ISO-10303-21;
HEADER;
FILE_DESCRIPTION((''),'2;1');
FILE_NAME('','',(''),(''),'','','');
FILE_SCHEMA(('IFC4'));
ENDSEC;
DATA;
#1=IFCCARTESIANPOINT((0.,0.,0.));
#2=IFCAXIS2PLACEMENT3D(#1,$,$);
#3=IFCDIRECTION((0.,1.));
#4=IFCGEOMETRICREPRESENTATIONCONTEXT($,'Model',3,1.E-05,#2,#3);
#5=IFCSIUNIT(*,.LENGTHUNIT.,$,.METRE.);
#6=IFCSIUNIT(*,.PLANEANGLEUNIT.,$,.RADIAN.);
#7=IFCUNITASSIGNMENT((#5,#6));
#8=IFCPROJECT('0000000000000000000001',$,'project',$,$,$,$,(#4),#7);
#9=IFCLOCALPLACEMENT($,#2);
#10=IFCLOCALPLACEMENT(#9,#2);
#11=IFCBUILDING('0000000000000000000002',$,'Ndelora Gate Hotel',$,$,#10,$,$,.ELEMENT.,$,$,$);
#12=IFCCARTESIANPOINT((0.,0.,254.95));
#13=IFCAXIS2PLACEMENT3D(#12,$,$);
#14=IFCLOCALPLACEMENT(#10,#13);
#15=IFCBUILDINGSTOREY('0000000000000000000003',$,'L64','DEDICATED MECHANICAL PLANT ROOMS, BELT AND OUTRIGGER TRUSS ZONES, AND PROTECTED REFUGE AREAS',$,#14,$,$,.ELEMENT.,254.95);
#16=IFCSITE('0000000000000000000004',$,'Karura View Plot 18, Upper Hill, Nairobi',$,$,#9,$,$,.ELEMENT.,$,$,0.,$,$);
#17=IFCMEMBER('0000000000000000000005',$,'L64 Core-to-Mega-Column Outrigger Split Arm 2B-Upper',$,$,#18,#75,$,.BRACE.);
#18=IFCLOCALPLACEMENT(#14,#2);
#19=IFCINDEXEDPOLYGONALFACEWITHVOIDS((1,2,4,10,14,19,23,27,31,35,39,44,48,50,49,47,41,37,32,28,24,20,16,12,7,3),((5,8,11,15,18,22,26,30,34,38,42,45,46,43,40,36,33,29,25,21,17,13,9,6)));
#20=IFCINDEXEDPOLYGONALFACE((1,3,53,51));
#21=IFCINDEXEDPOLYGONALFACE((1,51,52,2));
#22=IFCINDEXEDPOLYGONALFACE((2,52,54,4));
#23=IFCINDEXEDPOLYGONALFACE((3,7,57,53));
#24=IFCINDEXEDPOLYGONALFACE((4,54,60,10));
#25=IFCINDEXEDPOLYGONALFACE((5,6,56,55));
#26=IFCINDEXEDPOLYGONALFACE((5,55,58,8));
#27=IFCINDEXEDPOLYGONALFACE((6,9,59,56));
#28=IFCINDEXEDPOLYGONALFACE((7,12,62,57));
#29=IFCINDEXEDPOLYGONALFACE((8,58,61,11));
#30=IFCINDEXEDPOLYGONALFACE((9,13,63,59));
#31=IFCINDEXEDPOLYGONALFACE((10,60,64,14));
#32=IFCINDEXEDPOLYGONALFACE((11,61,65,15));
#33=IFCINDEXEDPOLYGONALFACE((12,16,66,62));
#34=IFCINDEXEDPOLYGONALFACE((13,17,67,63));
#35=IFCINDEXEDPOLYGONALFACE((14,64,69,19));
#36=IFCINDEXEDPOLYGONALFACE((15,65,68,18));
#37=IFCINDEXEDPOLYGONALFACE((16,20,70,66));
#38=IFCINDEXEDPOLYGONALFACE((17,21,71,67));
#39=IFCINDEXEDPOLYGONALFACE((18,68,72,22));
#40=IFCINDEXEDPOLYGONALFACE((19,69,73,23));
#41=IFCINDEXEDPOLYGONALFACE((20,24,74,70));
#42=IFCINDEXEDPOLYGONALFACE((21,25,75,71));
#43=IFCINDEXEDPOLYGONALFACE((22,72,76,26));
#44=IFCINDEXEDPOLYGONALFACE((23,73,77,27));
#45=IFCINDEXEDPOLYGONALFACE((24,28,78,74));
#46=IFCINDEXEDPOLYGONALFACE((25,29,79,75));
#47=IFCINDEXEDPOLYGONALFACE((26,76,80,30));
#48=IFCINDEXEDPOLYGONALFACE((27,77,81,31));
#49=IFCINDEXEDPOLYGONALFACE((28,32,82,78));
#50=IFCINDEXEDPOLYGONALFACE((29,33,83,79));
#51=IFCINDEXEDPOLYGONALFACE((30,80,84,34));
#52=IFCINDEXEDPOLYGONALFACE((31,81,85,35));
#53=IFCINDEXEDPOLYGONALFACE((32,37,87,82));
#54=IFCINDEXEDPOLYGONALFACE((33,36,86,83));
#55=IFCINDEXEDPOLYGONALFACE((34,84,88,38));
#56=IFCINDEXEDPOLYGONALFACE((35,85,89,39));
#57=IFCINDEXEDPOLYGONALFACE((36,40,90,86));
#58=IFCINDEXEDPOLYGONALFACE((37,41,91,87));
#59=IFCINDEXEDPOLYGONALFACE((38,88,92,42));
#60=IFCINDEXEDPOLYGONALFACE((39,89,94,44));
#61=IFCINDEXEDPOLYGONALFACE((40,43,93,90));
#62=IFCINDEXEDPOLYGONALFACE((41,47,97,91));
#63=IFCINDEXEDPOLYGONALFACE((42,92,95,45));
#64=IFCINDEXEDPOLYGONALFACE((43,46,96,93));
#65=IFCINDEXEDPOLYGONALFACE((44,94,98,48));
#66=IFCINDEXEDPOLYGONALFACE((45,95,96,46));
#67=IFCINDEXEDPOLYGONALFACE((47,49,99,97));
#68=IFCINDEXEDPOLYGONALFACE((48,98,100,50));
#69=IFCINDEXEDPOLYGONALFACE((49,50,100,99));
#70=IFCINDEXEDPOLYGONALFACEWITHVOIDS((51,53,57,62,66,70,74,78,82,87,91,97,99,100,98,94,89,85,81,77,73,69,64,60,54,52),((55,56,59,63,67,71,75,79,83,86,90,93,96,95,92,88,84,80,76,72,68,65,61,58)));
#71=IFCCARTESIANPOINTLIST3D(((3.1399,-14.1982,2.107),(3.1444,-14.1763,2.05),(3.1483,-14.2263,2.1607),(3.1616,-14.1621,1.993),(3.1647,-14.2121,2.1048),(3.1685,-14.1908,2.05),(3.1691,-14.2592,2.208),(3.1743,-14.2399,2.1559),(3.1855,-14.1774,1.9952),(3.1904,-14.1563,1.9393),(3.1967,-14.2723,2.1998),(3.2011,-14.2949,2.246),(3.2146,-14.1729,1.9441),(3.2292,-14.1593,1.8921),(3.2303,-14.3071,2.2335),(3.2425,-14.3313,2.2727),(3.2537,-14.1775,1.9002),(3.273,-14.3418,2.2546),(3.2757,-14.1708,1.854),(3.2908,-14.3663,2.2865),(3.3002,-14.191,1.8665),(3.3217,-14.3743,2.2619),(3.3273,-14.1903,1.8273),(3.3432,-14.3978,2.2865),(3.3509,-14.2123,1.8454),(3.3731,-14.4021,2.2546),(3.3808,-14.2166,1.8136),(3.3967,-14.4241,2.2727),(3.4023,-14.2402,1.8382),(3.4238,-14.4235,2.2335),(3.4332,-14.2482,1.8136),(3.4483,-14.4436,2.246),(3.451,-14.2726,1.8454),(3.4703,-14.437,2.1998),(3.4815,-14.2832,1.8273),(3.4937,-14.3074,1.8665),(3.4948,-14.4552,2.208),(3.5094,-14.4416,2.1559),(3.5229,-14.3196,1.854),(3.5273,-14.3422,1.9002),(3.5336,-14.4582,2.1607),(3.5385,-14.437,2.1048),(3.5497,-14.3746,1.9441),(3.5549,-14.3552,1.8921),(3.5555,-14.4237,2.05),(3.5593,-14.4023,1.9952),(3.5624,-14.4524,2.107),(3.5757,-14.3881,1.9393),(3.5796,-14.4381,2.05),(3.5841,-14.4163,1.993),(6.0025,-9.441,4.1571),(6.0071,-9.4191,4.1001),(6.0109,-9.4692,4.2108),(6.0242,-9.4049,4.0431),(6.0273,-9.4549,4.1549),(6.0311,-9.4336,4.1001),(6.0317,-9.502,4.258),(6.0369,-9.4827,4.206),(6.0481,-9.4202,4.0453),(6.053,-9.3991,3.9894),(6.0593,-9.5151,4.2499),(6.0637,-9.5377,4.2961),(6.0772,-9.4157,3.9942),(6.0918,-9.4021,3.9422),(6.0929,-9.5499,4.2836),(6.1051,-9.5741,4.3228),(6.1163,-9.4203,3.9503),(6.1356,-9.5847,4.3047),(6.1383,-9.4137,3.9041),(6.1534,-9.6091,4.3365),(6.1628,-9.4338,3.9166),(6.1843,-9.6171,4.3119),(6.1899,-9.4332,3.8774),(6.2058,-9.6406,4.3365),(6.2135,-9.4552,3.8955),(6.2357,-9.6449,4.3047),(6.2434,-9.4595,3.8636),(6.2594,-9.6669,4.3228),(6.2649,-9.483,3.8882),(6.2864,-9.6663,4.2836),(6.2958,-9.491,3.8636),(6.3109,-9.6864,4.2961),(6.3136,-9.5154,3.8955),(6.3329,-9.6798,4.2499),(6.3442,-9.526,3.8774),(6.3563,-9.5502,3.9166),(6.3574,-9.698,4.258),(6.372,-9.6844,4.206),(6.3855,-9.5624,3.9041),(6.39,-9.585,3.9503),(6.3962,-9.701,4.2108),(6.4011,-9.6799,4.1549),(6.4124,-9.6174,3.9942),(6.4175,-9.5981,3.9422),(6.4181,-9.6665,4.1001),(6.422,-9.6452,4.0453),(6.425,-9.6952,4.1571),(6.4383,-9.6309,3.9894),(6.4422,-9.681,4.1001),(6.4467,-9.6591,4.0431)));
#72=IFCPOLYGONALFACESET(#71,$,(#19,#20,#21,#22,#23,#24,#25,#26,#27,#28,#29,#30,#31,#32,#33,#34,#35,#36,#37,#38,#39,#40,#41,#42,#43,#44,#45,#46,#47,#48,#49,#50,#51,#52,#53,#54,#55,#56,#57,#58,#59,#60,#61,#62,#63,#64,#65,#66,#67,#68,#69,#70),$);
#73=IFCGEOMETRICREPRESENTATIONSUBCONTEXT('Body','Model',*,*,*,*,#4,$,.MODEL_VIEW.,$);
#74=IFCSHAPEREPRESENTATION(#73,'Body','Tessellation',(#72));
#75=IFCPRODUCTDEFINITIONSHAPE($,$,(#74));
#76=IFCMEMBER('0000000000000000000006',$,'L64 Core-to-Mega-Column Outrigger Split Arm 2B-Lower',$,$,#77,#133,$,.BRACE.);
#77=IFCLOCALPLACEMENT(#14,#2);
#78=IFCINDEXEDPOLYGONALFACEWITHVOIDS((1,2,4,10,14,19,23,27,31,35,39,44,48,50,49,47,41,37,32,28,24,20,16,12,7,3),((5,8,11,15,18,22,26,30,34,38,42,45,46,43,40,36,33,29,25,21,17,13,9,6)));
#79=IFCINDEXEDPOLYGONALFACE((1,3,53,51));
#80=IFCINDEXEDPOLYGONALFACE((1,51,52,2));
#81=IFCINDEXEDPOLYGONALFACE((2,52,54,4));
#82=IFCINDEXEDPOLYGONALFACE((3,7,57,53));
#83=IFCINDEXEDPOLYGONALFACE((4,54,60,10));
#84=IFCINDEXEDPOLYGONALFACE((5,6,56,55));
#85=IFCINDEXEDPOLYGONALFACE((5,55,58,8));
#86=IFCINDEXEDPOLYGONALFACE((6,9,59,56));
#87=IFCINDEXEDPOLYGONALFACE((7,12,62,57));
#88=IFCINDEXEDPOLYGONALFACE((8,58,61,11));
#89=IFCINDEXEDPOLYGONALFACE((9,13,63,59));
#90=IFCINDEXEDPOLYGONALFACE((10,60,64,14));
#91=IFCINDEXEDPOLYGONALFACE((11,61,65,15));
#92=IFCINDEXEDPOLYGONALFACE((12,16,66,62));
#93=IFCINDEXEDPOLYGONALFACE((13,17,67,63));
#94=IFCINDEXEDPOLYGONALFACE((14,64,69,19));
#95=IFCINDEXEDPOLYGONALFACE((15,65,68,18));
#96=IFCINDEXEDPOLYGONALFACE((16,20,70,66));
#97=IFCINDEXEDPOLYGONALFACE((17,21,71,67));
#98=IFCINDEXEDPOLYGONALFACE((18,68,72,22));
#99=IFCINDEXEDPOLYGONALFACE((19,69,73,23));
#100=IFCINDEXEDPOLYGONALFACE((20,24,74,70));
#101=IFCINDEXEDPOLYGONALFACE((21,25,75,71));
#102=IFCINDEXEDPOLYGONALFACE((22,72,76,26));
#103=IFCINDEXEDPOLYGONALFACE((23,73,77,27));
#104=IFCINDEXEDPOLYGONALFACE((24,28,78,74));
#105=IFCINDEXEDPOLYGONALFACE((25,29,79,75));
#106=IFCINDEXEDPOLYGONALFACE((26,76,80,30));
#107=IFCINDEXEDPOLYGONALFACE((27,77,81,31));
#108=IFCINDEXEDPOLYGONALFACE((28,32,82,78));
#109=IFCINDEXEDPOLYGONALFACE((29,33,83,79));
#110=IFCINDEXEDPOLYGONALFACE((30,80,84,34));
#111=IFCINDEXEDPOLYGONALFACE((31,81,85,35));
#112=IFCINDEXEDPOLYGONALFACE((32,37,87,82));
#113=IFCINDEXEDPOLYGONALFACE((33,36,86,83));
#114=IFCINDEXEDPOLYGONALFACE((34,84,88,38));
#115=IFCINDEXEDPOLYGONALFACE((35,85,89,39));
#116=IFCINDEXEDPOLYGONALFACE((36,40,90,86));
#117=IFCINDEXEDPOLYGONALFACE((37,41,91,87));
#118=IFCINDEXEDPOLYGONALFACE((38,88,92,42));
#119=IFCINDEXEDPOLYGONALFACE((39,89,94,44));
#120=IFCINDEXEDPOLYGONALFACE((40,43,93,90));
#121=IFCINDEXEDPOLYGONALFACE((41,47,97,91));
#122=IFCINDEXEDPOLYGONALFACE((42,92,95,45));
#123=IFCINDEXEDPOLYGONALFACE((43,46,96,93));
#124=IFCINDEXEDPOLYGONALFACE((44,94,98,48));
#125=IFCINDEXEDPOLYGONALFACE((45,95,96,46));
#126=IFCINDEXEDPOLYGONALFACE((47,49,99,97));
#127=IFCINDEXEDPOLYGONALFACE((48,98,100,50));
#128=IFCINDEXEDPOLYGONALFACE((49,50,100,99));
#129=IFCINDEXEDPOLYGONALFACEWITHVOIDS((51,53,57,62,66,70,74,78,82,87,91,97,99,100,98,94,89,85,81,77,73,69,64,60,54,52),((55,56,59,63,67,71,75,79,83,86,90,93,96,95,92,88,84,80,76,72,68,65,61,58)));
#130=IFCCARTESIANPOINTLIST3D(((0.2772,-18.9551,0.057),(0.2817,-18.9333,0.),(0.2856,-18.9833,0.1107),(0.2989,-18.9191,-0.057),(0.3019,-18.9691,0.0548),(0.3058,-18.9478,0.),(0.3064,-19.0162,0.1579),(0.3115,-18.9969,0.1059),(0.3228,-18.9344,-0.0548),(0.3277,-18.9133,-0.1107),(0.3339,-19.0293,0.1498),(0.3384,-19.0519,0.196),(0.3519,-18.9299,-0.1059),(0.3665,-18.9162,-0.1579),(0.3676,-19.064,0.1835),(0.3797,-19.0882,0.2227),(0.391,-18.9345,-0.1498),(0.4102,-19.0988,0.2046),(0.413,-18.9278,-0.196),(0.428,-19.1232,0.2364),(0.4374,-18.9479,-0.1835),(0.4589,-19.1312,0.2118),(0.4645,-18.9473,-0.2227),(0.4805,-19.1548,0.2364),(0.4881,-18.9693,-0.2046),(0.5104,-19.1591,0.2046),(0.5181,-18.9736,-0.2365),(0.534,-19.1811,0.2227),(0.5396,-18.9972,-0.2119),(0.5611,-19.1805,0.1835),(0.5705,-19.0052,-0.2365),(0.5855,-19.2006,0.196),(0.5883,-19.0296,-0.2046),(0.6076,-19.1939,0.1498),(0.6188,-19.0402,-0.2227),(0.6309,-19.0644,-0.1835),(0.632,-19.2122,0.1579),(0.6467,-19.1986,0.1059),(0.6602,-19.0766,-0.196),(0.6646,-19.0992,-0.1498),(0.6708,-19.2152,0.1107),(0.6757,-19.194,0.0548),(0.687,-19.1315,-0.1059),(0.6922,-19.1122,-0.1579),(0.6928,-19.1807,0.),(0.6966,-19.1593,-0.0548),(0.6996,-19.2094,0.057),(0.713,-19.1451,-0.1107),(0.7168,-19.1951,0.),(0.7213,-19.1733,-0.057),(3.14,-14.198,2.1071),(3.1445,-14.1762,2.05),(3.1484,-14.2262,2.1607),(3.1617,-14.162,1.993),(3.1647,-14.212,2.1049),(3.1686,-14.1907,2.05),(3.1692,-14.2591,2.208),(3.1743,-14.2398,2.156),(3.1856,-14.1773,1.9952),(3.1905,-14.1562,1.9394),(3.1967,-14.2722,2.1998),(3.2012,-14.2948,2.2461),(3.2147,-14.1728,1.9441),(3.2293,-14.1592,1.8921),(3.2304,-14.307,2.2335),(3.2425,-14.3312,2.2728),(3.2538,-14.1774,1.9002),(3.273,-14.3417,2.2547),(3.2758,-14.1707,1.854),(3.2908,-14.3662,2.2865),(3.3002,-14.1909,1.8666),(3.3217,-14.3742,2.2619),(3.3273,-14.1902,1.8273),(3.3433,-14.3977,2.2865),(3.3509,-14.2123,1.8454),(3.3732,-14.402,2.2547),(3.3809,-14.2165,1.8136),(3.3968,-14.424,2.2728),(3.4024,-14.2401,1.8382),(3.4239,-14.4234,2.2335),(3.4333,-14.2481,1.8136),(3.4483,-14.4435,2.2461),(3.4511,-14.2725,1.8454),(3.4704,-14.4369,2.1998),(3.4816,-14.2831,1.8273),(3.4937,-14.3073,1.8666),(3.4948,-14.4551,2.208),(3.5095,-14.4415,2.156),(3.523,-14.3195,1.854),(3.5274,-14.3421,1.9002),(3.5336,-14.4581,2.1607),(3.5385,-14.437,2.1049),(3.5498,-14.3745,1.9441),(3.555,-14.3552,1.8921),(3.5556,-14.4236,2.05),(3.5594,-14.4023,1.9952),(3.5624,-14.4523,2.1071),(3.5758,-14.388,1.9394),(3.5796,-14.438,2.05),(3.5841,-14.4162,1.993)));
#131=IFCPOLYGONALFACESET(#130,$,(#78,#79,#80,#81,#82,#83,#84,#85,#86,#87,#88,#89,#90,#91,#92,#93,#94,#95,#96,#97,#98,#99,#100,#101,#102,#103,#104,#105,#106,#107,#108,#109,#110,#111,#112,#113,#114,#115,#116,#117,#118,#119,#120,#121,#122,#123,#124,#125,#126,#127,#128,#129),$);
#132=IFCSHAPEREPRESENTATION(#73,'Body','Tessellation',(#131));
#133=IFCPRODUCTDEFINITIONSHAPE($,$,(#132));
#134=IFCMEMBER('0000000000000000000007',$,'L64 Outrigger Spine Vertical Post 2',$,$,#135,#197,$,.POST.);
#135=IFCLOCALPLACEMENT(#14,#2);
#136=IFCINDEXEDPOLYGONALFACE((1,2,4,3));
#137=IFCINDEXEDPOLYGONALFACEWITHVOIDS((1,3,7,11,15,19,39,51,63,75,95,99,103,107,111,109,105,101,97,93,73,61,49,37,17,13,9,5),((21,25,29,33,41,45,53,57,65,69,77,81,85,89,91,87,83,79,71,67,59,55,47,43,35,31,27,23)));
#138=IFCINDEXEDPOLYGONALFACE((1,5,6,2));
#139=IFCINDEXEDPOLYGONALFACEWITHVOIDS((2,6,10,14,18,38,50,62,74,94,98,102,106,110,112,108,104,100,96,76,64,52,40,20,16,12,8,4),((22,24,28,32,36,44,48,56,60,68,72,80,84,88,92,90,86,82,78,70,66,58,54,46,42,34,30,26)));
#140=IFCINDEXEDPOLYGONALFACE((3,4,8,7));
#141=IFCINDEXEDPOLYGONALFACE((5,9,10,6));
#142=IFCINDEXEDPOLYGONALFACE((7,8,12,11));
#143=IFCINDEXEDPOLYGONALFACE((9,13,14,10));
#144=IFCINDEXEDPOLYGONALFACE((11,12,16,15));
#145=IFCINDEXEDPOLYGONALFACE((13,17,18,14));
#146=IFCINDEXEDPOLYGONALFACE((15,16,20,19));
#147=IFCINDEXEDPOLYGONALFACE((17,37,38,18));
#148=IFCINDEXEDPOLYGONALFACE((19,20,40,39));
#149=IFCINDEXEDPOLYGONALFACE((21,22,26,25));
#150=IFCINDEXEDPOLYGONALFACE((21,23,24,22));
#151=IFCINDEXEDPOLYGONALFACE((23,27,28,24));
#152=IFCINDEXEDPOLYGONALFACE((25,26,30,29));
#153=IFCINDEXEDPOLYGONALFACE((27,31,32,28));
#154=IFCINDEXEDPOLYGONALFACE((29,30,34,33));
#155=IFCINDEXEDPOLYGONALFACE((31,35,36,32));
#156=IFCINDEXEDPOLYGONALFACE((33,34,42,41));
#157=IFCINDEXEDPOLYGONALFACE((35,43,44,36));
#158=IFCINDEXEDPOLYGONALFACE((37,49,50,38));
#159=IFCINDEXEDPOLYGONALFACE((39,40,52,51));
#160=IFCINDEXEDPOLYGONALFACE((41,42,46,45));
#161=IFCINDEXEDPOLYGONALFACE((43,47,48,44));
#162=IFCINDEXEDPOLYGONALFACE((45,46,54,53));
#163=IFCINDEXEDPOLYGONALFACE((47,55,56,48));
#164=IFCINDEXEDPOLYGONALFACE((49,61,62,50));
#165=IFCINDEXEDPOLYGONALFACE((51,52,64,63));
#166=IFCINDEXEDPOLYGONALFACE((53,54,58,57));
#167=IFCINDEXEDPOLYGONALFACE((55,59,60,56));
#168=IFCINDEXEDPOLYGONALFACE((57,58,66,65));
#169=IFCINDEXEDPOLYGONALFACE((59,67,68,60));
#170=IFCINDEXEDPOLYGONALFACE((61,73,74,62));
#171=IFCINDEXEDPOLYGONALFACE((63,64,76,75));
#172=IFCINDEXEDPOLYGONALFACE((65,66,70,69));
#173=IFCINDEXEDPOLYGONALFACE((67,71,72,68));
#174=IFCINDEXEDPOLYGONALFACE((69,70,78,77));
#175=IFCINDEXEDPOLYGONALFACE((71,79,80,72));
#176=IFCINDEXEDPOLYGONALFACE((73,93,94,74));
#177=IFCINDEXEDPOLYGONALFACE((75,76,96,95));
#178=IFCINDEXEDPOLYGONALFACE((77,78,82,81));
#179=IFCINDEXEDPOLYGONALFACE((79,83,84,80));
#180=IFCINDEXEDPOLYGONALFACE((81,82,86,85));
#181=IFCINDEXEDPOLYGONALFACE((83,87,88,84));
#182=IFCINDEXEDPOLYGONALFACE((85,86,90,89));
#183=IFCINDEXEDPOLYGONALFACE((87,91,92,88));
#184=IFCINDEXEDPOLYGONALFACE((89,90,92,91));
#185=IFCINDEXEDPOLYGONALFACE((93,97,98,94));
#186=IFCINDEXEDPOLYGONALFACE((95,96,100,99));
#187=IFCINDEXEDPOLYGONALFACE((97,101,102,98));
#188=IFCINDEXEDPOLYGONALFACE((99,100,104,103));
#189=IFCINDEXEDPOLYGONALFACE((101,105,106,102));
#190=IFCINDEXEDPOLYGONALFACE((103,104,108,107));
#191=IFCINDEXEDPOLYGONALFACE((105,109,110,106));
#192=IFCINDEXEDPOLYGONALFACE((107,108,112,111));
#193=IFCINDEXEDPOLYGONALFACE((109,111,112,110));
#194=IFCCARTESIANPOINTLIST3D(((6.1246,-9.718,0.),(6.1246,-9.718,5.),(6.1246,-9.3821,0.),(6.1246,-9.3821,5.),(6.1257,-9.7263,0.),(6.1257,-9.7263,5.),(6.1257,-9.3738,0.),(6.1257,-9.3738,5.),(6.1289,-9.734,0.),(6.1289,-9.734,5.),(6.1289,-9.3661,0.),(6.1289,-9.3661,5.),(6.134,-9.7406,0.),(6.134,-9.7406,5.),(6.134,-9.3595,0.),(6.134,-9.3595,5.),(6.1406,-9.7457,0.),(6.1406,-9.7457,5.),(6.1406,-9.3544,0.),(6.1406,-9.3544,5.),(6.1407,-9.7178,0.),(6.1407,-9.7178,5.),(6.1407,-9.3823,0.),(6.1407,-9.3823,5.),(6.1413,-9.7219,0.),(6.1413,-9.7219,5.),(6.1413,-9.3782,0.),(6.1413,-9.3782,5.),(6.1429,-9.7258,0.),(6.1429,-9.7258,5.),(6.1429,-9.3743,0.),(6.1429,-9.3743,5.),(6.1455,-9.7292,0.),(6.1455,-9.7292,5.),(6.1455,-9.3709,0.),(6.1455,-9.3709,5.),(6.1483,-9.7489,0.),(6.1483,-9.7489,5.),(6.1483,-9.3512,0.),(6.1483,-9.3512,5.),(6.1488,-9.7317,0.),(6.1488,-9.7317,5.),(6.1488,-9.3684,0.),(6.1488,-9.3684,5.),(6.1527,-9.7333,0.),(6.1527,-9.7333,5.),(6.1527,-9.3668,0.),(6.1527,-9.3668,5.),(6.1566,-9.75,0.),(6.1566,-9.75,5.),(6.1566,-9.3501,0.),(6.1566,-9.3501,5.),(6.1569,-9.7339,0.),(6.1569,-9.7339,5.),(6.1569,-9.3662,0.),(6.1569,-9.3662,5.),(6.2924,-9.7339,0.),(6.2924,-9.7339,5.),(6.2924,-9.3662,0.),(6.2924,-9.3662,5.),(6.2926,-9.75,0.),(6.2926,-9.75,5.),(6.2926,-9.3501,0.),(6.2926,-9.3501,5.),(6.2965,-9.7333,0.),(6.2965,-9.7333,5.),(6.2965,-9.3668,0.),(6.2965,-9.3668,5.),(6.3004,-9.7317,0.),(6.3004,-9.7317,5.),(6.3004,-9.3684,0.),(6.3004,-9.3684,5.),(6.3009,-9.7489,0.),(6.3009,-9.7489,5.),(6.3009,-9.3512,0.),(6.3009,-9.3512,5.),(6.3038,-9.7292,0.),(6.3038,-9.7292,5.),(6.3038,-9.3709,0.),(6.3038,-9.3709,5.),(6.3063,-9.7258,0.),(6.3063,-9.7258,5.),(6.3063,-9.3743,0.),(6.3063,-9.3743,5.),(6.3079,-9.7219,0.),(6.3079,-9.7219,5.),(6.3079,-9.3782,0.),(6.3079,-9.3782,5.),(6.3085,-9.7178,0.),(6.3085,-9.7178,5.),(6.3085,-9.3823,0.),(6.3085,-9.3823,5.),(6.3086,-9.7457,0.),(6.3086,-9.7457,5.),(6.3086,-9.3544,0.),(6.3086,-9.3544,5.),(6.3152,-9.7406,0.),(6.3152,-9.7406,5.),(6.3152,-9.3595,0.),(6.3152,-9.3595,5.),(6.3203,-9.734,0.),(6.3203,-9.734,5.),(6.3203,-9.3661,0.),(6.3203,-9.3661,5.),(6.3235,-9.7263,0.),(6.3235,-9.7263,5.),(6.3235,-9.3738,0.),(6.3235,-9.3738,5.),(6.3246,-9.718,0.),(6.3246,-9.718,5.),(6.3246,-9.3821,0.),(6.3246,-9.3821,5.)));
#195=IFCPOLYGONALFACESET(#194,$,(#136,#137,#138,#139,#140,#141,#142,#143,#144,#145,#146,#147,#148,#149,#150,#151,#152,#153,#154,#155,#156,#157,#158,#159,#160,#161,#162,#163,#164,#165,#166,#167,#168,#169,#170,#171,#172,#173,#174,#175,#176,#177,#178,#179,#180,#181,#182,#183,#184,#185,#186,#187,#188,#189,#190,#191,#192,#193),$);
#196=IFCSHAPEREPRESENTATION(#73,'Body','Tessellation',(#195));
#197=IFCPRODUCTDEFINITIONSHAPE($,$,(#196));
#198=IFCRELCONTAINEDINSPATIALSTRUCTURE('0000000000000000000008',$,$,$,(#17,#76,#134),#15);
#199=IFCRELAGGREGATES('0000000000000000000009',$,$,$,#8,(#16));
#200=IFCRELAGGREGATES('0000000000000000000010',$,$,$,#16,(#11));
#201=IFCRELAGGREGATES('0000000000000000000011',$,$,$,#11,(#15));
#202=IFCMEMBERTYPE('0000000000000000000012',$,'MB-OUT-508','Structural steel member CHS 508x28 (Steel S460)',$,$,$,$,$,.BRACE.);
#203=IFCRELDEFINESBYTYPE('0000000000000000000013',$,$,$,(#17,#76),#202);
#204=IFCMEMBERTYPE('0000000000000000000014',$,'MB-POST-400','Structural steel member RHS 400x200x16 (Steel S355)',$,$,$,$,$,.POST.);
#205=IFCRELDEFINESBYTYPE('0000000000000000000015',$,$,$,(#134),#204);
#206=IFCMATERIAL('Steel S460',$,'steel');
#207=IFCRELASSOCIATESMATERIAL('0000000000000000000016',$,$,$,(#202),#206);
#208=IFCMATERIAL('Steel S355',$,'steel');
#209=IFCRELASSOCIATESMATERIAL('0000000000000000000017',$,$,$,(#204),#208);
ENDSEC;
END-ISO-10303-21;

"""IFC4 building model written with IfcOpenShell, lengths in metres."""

from ifc_helpers import new_model, si_unit, direction, frame, origin, origin_2d, place, context, subcontext, project, spatial, hollow_rectangle, hollow_circle, extrude, material, material_profile, profile_set, type_object, element, save


model = new_model("IFC4")

# Units and contexts
model_context = context("Model", 3, precision=1e-05, world=origin(), true_north=direction((0.0, 1.0)))
body_context = subcontext(model_context, "Body", "Model", "MODEL_VIEW")
ifc_project = project(units=[si_unit("LENGTHUNIT", "METRE"), si_unit("PLANEANGLEUNIT", "RADIAN")], contexts=[model_context])

# Site, building, storey
site_placement = place(None, origin())
site = spatial("IfcSite", under=ifc_project, at=site_placement, Name="Karura View Plot 18, Upper Hill, Nairobi", CompositionType="ELEMENT", RefElevation=0.0)
building_placement = place(site_placement, origin())
building = spatial("IfcBuilding", under=site, at=building_placement, Name="Ndelora Gate Hotel", CompositionType="ELEMENT")
storey_placement = place(building_placement, frame((0.0, 0.0, 254.95)))
storey = spatial("IfcBuildingStorey", under=building, at=storey_placement, Name="L64", Description="DEDICATED MECHANICAL PLANT ROOMS, BELT AND OUTRIGGER TRUSS ZONES, AND PROTECTED REFUGE AREAS", CompositionType="ELEMENT", Elevation=254.95)

# Shared definitions
ifc_material_1 = material(Name="Steel S460", Category="steel")

# Members
ifc_material_profile_1 = material_profile(ifc_material_1, hollow_circle(Radius=0.2539, WallThickness=0.0281, at=origin_2d()), Name="CHS 508x28")
ifc_profile_set_1 = profile_set([ifc_material_profile_1], Name="Steel S460")
member_type_1 = type_object("IfcMemberType", Name="MB-OUT-508", Description="Structural steel member CHS 508x28 (Steel S460)", PredefinedType="BRACE", material=ifc_profile_set_1)
for number, where, z_axis, x_axis, name in (
    (1, (6.2246, -9.55, 4.1001), (-0.483675, -0.803787, -0.346389), (0.856833, -0.515595, 0.0), "L64 Core-to-Mega-Column Outrigger Split Arm 2B-Upper"),
    (2, (3.3621, -14.3071, 2.05), (-0.483706, -0.803771, -0.346383), (0.856813, -0.515627, 0.0), "L64 Core-to-Mega-Column Outrigger Split Arm 2B-Lower"),
):
    element("IfcMember", number, at=place(storey_placement, frame(where, z_axis=z_axis, x_axis=x_axis)), inside=storey, type_object=member_type_1, Name=name, PredefinedType="BRACE", context=body_context, shape_type="SweptSolid", body=[
        extrude(hollow_circle(Radius=0.2539, WallThickness=0.0281, at=origin_2d()), origin(), (0.0, 0.0, 1.0), 5.9185),
    ])
ifc_material_2 = material(Name="Steel S355", Category="steel")
ifc_material_profile_2 = material_profile(ifc_material_2, hollow_rectangle(XDim=0.2, YDim=0.3999, WallThickness=0.0161, InnerFilletRadius=0.0161, OuterFilletRadius=0.032, at=origin_2d()), Name="RHS 400x200x16")
ifc_profile_set_2 = profile_set([ifc_material_profile_2], Name="Steel S355")
member_type_2 = type_object("IfcMemberType", Name="MB-POST-400", Description="Structural steel member RHS 400x200x16 (Steel S355)", PredefinedType="POST", material=ifc_profile_set_2)
member_1_placement = place(storey_placement, frame((6.2246, -9.55, 0.0), z_axis=(0.0, 0.0, 1.0), x_axis=(1.0, 0.0, 0.0)))
element("IfcMember", 3, at=member_1_placement, inside=storey, type_object=member_type_2, Name="L64 Outrigger Spine Vertical Post 2", PredefinedType="POST", context=body_context, shape_type="SweptSolid", body=[
    extrude(hollow_rectangle(XDim=0.2, YDim=0.3999, WallThickness=0.0161, InnerFilletRadius=0.0161, OuterFilletRadius=0.032, at=origin_2d()), origin(), (0.0, 0.0, 1.0), 5.0),
])

save(model, "model.ifc")
